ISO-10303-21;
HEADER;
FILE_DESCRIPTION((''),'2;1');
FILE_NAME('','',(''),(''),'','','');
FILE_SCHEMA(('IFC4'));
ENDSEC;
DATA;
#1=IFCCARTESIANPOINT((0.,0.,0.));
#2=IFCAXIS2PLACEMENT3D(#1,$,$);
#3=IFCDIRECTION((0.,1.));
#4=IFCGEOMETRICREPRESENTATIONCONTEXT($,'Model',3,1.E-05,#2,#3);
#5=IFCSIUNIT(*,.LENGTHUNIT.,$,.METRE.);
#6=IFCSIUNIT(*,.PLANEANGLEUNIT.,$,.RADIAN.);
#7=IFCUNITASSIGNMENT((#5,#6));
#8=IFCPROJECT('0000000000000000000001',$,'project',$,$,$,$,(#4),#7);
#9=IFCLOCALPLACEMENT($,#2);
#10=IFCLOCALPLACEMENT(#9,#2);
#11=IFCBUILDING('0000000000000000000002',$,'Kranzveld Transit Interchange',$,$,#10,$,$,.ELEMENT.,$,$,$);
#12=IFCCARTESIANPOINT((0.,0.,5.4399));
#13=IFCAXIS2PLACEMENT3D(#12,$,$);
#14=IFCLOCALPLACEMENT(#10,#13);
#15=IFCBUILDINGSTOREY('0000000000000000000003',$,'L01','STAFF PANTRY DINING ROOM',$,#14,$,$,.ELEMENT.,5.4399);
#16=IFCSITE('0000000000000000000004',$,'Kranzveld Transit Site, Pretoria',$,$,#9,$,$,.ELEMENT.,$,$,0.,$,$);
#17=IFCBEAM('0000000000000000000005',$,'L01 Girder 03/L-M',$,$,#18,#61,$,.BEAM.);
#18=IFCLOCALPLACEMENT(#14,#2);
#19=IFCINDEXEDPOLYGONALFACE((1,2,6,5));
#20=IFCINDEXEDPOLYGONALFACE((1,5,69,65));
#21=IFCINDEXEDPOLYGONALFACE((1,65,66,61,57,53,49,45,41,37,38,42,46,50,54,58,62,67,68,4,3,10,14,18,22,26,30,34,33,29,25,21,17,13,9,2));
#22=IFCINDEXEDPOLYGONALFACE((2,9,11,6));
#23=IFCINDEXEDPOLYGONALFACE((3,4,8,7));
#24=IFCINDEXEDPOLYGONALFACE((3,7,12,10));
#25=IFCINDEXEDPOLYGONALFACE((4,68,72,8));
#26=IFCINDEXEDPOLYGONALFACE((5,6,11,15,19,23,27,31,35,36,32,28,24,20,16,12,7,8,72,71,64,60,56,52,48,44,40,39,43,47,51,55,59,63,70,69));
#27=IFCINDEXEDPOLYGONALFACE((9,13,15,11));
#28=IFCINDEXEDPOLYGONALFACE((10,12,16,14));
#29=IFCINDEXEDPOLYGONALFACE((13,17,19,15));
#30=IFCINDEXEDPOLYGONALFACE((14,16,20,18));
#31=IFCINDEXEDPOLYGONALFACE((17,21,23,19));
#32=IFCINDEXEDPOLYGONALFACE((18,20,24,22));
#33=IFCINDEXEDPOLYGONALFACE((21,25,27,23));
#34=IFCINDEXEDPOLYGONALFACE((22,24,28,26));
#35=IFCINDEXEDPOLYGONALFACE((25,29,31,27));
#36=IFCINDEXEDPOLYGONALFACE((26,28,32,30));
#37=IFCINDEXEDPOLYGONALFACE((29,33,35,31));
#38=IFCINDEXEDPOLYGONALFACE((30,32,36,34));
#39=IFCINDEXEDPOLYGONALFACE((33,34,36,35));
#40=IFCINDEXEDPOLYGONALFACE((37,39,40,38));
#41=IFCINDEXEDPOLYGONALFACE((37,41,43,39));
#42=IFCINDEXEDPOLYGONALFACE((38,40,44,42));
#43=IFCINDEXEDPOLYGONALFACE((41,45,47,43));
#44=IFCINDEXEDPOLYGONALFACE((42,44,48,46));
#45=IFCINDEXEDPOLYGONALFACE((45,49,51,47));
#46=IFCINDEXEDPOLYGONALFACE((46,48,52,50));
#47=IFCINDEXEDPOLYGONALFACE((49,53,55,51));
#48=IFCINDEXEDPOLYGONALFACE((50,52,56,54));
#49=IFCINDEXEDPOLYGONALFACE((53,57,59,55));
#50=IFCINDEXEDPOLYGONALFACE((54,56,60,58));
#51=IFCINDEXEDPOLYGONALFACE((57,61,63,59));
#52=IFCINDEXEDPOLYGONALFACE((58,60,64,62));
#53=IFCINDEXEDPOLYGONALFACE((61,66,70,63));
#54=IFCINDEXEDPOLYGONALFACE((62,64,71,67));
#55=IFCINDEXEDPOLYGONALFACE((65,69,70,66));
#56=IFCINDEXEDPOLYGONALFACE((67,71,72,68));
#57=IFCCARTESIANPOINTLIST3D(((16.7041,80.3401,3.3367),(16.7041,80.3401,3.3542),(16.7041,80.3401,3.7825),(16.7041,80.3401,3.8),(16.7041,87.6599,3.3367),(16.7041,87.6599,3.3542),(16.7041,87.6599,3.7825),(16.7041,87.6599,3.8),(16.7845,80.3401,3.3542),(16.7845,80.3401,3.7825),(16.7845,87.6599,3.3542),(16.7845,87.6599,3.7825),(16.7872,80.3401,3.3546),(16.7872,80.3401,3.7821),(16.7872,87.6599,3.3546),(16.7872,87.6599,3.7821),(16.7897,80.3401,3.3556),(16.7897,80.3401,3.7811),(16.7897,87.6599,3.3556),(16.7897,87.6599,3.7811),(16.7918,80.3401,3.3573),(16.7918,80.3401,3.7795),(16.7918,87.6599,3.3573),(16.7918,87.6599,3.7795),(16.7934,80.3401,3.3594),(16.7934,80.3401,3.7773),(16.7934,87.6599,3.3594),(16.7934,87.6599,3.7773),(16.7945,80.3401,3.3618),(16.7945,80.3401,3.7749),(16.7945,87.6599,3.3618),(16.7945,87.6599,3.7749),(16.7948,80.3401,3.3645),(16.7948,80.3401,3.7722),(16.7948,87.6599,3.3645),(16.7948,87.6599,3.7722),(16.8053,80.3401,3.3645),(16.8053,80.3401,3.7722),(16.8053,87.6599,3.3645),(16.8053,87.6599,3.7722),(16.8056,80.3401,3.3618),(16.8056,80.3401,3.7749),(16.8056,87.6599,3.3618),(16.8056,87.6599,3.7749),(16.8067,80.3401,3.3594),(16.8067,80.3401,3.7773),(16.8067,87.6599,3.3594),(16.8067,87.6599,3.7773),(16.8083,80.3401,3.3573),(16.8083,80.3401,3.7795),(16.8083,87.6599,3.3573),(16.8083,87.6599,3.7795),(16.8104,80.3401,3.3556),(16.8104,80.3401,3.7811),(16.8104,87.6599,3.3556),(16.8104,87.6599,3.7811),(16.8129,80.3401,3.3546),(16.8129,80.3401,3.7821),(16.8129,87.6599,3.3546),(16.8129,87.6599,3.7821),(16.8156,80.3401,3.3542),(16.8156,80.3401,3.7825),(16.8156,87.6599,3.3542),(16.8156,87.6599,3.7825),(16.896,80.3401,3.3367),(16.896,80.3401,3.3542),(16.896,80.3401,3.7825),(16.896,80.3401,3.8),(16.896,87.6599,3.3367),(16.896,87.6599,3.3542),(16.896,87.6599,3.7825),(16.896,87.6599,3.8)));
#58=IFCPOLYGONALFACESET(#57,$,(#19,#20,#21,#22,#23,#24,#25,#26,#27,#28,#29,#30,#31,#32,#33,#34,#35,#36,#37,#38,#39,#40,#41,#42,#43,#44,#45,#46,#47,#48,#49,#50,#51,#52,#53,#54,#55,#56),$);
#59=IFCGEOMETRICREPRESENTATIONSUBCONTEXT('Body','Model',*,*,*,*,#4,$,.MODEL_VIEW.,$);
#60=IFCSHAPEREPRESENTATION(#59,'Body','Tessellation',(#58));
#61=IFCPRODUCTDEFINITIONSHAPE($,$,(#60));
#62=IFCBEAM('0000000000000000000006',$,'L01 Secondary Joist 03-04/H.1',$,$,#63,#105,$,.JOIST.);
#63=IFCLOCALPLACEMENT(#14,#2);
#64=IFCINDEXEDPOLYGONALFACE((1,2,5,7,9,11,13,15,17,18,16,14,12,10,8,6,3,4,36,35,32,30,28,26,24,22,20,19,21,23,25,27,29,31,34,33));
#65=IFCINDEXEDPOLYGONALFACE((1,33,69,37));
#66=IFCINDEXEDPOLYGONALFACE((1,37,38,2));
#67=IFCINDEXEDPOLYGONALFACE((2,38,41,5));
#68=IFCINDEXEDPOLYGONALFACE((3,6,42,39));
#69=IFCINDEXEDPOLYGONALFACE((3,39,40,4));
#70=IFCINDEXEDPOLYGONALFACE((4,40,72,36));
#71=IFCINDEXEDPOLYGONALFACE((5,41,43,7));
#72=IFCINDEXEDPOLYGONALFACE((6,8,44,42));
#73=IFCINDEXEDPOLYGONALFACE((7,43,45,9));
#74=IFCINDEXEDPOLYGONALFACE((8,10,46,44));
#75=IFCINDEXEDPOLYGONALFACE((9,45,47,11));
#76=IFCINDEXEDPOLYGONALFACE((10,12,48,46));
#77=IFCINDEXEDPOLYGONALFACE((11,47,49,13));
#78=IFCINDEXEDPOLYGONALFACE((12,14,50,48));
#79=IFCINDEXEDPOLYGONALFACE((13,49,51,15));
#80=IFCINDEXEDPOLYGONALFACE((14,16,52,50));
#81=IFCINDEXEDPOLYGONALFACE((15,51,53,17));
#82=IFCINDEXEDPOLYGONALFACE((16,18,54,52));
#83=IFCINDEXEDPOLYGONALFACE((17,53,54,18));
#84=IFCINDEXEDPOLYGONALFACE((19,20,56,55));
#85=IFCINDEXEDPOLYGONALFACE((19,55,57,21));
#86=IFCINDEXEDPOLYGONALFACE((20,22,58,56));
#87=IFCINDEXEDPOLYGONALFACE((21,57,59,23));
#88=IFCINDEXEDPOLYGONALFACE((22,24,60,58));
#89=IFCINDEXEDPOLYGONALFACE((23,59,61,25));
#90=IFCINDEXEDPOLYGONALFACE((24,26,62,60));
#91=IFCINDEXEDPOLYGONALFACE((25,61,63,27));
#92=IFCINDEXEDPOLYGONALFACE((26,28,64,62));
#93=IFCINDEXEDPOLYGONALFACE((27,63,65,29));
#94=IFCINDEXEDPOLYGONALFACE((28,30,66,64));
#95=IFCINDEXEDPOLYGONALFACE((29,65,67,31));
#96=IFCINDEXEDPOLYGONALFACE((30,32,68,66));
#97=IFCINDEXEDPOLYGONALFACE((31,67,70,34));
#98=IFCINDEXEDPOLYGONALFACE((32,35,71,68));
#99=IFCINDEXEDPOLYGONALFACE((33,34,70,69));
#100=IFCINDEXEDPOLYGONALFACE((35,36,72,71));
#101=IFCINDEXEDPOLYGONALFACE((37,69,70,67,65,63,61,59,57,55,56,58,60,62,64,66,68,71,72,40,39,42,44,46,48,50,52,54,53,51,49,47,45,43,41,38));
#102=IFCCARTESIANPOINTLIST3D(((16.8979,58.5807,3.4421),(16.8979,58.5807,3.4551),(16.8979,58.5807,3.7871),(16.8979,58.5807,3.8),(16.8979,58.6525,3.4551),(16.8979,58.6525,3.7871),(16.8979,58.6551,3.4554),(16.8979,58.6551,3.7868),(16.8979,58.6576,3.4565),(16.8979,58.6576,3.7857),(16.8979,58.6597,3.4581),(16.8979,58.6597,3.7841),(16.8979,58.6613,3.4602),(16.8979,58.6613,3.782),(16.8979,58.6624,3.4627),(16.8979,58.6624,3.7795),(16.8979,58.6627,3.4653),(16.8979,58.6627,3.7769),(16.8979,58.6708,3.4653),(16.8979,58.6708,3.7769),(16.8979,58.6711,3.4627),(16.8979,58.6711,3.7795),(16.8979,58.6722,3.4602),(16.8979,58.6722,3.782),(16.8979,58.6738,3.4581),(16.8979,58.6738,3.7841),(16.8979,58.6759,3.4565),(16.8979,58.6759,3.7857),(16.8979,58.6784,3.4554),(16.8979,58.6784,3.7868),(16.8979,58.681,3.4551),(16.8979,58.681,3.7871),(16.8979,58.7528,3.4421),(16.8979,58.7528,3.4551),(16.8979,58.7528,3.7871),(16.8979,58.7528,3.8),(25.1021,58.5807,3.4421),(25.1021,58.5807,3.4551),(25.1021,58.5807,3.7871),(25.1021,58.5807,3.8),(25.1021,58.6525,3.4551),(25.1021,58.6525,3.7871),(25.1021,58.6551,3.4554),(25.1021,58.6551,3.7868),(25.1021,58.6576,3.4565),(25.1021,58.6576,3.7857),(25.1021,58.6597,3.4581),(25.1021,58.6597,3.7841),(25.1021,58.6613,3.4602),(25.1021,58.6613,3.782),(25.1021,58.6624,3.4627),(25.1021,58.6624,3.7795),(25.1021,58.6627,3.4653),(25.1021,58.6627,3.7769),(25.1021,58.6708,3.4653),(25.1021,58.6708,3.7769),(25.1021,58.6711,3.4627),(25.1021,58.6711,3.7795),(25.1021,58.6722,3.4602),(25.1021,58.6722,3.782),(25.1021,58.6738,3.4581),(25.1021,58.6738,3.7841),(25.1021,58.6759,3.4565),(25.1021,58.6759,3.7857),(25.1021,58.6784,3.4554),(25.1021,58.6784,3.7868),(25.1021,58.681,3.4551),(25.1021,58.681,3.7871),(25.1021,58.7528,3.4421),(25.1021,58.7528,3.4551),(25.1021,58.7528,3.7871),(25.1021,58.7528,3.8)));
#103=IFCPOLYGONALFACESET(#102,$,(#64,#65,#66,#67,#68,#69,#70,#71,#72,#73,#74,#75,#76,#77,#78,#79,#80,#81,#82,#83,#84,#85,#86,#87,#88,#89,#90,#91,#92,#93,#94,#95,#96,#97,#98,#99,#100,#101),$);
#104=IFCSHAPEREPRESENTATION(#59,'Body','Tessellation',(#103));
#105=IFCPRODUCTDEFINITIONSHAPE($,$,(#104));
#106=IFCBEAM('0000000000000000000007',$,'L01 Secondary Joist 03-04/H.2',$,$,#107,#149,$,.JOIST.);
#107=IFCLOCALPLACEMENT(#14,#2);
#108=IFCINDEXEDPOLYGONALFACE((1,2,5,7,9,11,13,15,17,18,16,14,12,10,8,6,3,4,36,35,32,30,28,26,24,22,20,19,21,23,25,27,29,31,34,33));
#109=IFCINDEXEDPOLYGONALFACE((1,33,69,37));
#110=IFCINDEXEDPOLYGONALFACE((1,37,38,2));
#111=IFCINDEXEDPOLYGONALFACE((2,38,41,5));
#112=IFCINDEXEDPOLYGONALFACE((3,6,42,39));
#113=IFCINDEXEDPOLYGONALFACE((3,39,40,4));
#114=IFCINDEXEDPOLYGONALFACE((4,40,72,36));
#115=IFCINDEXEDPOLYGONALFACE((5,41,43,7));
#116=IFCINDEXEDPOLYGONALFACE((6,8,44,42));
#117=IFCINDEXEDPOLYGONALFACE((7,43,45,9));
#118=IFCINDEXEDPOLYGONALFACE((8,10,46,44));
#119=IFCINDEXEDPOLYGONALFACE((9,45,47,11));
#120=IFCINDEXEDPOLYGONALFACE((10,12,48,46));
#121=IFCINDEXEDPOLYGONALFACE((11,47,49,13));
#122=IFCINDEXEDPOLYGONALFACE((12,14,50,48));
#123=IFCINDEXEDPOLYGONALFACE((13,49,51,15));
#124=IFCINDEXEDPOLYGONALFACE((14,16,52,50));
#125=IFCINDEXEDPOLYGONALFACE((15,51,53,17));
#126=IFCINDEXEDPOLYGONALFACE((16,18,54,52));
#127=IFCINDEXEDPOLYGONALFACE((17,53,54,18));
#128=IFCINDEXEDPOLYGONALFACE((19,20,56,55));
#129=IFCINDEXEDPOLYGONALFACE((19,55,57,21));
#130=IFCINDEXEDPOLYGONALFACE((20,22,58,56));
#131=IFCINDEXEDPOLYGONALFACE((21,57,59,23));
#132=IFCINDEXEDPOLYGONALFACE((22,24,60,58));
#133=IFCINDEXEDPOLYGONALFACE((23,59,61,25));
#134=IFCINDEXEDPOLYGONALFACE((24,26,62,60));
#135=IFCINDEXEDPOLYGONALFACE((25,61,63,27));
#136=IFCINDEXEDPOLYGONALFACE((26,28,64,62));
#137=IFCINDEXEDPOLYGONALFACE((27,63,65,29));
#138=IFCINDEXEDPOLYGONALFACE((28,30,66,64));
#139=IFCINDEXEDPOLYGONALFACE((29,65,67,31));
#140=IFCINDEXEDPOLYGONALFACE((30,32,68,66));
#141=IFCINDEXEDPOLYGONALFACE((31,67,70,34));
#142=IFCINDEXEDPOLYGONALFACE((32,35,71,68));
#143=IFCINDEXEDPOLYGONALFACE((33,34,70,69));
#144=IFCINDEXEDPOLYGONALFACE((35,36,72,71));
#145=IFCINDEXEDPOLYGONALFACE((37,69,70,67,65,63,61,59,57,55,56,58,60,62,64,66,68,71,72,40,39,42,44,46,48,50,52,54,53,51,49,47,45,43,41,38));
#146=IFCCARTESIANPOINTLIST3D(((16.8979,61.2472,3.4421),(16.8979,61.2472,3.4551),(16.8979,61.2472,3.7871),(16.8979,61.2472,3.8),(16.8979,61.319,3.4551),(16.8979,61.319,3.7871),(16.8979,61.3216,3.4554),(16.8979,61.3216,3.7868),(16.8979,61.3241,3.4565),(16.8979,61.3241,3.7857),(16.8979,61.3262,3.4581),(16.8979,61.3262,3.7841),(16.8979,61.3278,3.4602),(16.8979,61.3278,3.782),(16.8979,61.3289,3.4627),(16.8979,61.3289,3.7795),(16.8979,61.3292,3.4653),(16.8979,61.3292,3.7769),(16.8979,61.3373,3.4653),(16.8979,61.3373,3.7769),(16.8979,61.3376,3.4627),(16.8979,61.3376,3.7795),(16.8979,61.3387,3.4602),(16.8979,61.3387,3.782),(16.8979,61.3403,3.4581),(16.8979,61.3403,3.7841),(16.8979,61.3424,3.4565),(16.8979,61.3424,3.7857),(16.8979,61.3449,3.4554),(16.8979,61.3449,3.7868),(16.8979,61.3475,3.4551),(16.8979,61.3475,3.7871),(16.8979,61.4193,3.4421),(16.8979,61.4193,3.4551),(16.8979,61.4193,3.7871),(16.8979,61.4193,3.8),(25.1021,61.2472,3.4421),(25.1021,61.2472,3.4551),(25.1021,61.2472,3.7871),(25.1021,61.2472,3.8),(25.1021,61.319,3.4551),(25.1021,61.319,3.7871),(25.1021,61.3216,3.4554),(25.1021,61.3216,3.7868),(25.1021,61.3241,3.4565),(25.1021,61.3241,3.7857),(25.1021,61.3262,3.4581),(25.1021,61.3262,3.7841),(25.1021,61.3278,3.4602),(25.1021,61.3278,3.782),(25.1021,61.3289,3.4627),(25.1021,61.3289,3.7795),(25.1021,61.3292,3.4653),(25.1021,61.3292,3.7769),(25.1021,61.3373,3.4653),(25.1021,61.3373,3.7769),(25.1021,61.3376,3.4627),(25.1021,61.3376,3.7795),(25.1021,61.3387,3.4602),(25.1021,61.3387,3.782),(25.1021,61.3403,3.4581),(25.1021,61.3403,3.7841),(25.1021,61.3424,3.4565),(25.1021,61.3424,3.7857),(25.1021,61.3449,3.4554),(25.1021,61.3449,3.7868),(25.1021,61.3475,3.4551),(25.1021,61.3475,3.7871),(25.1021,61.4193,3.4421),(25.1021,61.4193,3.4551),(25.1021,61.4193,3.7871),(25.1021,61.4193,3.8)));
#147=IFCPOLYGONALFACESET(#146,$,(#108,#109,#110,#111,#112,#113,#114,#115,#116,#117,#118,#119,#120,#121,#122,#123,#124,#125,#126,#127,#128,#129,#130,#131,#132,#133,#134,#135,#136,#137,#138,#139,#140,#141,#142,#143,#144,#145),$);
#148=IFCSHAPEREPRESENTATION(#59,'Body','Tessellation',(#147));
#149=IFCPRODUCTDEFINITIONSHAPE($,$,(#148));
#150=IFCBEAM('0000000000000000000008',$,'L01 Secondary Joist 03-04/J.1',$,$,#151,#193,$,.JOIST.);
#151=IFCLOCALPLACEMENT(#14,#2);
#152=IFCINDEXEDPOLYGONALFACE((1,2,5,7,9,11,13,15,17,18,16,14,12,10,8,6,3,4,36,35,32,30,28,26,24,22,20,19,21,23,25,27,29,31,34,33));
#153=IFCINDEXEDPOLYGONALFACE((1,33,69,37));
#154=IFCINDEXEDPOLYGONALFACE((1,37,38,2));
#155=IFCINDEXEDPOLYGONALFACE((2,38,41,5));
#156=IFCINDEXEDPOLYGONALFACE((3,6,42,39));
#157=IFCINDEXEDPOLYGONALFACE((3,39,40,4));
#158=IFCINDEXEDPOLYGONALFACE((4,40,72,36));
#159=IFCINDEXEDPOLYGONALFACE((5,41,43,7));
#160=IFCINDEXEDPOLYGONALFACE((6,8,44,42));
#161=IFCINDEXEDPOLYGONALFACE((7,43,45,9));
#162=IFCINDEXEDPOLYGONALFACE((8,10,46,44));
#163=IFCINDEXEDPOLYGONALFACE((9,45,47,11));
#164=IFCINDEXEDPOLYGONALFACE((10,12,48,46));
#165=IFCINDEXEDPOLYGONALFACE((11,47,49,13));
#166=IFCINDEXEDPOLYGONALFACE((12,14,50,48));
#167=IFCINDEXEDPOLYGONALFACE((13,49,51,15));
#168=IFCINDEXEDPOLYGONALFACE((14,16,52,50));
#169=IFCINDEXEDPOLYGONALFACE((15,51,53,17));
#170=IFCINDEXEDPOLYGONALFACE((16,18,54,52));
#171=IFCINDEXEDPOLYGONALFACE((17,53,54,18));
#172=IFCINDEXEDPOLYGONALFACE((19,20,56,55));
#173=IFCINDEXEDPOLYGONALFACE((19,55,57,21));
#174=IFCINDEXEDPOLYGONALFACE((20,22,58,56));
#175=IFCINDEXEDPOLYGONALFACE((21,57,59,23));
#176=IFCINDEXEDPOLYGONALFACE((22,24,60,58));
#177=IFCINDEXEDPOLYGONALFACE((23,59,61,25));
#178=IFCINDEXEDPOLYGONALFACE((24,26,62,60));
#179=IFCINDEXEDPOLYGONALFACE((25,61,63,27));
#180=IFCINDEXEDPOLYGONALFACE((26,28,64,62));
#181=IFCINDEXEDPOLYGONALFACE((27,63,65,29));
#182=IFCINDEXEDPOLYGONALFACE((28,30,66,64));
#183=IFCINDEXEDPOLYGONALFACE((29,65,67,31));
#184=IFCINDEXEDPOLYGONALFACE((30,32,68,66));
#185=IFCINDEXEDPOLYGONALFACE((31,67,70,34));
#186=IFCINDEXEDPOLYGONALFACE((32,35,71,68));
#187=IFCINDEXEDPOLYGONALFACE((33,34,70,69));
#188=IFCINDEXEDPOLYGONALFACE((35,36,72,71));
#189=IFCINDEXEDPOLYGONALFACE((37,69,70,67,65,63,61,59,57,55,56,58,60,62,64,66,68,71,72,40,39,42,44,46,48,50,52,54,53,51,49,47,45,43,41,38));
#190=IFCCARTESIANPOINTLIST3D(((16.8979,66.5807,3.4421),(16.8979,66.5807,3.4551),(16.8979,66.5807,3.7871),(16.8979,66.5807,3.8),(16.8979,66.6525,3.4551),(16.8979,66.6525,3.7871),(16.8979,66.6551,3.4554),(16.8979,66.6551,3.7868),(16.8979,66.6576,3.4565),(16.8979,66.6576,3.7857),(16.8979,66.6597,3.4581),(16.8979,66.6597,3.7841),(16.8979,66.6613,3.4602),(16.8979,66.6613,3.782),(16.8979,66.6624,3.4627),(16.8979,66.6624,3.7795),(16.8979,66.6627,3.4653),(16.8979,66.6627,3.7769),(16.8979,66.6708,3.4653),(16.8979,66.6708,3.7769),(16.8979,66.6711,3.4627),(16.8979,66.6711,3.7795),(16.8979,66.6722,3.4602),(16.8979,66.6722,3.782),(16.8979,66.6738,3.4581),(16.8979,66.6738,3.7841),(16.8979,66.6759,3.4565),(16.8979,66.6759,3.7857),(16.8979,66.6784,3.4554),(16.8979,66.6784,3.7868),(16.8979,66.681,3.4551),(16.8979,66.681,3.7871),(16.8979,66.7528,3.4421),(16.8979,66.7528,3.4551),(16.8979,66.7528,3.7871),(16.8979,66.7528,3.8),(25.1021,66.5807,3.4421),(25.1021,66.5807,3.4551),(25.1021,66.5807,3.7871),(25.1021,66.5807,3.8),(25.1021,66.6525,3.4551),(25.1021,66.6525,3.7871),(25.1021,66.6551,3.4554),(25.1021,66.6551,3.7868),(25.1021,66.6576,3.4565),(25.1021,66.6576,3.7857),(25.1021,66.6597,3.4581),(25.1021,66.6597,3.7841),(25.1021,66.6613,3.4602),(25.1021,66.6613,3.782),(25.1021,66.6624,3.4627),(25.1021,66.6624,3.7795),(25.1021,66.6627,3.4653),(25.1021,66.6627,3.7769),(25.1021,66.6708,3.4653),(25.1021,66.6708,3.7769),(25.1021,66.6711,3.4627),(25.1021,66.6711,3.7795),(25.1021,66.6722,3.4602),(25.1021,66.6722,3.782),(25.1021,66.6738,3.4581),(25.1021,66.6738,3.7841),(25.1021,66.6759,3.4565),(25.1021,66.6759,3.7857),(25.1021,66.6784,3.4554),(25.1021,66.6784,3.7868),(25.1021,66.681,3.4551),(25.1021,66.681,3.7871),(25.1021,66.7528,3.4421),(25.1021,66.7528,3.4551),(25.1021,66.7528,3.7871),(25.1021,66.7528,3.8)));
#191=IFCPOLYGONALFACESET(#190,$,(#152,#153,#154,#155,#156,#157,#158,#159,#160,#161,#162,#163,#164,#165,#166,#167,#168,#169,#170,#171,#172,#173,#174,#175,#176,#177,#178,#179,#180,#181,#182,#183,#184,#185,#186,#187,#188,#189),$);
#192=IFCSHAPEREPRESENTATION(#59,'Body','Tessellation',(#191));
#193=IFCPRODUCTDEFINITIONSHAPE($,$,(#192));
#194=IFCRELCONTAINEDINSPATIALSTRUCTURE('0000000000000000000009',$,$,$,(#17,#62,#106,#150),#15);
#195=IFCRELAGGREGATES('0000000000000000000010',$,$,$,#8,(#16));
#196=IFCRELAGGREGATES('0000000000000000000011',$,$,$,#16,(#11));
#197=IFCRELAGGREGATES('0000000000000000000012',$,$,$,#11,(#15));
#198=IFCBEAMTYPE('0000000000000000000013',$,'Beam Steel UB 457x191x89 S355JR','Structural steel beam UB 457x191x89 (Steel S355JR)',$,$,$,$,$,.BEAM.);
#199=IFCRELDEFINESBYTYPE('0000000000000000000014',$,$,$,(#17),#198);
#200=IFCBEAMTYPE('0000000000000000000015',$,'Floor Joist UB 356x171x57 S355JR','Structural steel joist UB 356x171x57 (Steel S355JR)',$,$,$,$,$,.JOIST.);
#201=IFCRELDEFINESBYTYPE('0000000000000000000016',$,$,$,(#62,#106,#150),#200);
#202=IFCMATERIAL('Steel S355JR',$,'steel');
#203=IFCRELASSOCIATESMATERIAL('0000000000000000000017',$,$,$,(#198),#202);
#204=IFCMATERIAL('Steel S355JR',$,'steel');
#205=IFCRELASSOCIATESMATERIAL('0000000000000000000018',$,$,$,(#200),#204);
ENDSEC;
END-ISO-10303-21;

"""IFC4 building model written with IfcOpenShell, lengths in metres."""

from ifc_helpers import new_model, si_unit, direction, frame, origin, origin_2d, place, context, subcontext, project, spatial, i_section, extrude, material, material_profile, profile_set, type_object, element, save


model = new_model("IFC4")

# Units and contexts
model_context = context("Model", 3, precision=1e-05, world=origin(), true_north=direction((0.0, 1.0)))
body_context = subcontext(model_context, "Body", "Model", "MODEL_VIEW")
ifc_project = project(units=[si_unit("LENGTHUNIT", "METRE"), si_unit("PLANEANGLEUNIT", "RADIAN")], contexts=[model_context])

# Site, building, storey
site_placement = place(None, origin())
site = spatial("IfcSite", under=ifc_project, at=site_placement, Name="Kranzveld Transit Site, Pretoria", CompositionType="ELEMENT", RefElevation=0.0)
building_placement = place(site_placement, origin())
building = spatial("IfcBuilding", under=site, at=building_placement, Name="Kranzveld Transit Interchange", CompositionType="ELEMENT")
storey_placement = place(building_placement, frame((0.0, 0.0, 5.4399)))
storey = spatial("IfcBuildingStorey", under=building, at=storey_placement, Name="L01", Description="STAFF PANTRY DINING ROOM", CompositionType="ELEMENT", Elevation=5.4399)

# Beams
ifc_material_1 = material(Name="Steel S355JR", Category="steel")
ifc_material_profile_1 = material_profile(ifc_material_1, i_section(OverallWidth=0.1919, OverallDepth=0.4634, WebThickness=0.0105, FlangeThickness=0.0176, FilletRadius=0.0103, at=origin_2d()), Name="UB 457x191x89")
ifc_profile_set_1 = profile_set([ifc_material_profile_1], Name="Steel S355JR")
beam_type_1 = type_object("IfcBeamType", Name="Beam Steel UB 457x191x89 S355JR", Description="Structural steel beam UB 457x191x89 (Steel S355JR)", PredefinedType="BEAM", material=ifc_profile_set_1)
for number, where, z_axis, x_axis, name in (
    (1, (16.8, 80.3401, 3.5684), (0.0, 1.0, 0.0), (-1.0, 0.0, 0.0), "L01 Girder 03/L-M"),
):
    element("IfcBeam", number, at=place(storey_placement, frame(where, z_axis=z_axis, x_axis=x_axis)), inside=storey, type_object=beam_type_1, Name=name, PredefinedType="BEAM", context=body_context, shape_type="SweptSolid", body=[
        extrude(i_section(OverallWidth=0.1919, OverallDepth=0.4634, WebThickness=0.0105, FlangeThickness=0.0176, FilletRadius=0.0103, at=origin_2d()), origin(), (0.0, 0.0, 1.0), 7.3198),
    ])
ifc_material_2 = material(Name="Steel S355JR", Category="steel")
ifc_material_profile_2 = material_profile(ifc_material_2, i_section(OverallWidth=0.1721, OverallDepth=0.3579, WebThickness=0.0081, FlangeThickness=0.0129, FilletRadius=0.0103, at=origin_2d()), Name="UB 356x171x57")
ifc_profile_set_2 = profile_set([ifc_material_profile_2], Name="Steel S355JR")
beam_type_2 = type_object("IfcBeamType", Name="Floor Joist UB 356x171x57 S355JR", Description="Structural steel joist UB 356x171x57 (Steel S355JR)", PredefinedType="JOIST", material=ifc_profile_set_2)
for number, where, z_axis, x_axis, name in (
    (2, (16.8979, 58.6667, 3.6211), (1.0, 0.0, 0.0), (0.0, 1.0, 0.0), "L01 Secondary Joist 03-04/H.1"),
    (3, (16.8979, 61.3333, 3.6211), (1.0, 0.0, 0.0), (0.0, 1.0, 0.0), "L01 Secondary Joist 03-04/H.2"),
    (4, (16.8979, 66.6667, 3.6211), (1.0, 0.0, 0.0), (0.0, 1.0, 0.0), "L01 Secondary Joist 03-04/J.1"),
):
    element("IfcBeam", number, at=place(storey_placement, frame(where, z_axis=z_axis, x_axis=x_axis)), inside=storey, type_object=beam_type_2, Name=name, PredefinedType="JOIST", context=body_context, shape_type="SweptSolid", body=[
        extrude(i_section(OverallWidth=0.1721, OverallDepth=0.3579, WebThickness=0.0081, FlangeThickness=0.0129, FilletRadius=0.0103, at=origin_2d()), origin(), (0.0, 0.0, 1.0), 8.2041),
    ])

save(model, "model.ifc")
